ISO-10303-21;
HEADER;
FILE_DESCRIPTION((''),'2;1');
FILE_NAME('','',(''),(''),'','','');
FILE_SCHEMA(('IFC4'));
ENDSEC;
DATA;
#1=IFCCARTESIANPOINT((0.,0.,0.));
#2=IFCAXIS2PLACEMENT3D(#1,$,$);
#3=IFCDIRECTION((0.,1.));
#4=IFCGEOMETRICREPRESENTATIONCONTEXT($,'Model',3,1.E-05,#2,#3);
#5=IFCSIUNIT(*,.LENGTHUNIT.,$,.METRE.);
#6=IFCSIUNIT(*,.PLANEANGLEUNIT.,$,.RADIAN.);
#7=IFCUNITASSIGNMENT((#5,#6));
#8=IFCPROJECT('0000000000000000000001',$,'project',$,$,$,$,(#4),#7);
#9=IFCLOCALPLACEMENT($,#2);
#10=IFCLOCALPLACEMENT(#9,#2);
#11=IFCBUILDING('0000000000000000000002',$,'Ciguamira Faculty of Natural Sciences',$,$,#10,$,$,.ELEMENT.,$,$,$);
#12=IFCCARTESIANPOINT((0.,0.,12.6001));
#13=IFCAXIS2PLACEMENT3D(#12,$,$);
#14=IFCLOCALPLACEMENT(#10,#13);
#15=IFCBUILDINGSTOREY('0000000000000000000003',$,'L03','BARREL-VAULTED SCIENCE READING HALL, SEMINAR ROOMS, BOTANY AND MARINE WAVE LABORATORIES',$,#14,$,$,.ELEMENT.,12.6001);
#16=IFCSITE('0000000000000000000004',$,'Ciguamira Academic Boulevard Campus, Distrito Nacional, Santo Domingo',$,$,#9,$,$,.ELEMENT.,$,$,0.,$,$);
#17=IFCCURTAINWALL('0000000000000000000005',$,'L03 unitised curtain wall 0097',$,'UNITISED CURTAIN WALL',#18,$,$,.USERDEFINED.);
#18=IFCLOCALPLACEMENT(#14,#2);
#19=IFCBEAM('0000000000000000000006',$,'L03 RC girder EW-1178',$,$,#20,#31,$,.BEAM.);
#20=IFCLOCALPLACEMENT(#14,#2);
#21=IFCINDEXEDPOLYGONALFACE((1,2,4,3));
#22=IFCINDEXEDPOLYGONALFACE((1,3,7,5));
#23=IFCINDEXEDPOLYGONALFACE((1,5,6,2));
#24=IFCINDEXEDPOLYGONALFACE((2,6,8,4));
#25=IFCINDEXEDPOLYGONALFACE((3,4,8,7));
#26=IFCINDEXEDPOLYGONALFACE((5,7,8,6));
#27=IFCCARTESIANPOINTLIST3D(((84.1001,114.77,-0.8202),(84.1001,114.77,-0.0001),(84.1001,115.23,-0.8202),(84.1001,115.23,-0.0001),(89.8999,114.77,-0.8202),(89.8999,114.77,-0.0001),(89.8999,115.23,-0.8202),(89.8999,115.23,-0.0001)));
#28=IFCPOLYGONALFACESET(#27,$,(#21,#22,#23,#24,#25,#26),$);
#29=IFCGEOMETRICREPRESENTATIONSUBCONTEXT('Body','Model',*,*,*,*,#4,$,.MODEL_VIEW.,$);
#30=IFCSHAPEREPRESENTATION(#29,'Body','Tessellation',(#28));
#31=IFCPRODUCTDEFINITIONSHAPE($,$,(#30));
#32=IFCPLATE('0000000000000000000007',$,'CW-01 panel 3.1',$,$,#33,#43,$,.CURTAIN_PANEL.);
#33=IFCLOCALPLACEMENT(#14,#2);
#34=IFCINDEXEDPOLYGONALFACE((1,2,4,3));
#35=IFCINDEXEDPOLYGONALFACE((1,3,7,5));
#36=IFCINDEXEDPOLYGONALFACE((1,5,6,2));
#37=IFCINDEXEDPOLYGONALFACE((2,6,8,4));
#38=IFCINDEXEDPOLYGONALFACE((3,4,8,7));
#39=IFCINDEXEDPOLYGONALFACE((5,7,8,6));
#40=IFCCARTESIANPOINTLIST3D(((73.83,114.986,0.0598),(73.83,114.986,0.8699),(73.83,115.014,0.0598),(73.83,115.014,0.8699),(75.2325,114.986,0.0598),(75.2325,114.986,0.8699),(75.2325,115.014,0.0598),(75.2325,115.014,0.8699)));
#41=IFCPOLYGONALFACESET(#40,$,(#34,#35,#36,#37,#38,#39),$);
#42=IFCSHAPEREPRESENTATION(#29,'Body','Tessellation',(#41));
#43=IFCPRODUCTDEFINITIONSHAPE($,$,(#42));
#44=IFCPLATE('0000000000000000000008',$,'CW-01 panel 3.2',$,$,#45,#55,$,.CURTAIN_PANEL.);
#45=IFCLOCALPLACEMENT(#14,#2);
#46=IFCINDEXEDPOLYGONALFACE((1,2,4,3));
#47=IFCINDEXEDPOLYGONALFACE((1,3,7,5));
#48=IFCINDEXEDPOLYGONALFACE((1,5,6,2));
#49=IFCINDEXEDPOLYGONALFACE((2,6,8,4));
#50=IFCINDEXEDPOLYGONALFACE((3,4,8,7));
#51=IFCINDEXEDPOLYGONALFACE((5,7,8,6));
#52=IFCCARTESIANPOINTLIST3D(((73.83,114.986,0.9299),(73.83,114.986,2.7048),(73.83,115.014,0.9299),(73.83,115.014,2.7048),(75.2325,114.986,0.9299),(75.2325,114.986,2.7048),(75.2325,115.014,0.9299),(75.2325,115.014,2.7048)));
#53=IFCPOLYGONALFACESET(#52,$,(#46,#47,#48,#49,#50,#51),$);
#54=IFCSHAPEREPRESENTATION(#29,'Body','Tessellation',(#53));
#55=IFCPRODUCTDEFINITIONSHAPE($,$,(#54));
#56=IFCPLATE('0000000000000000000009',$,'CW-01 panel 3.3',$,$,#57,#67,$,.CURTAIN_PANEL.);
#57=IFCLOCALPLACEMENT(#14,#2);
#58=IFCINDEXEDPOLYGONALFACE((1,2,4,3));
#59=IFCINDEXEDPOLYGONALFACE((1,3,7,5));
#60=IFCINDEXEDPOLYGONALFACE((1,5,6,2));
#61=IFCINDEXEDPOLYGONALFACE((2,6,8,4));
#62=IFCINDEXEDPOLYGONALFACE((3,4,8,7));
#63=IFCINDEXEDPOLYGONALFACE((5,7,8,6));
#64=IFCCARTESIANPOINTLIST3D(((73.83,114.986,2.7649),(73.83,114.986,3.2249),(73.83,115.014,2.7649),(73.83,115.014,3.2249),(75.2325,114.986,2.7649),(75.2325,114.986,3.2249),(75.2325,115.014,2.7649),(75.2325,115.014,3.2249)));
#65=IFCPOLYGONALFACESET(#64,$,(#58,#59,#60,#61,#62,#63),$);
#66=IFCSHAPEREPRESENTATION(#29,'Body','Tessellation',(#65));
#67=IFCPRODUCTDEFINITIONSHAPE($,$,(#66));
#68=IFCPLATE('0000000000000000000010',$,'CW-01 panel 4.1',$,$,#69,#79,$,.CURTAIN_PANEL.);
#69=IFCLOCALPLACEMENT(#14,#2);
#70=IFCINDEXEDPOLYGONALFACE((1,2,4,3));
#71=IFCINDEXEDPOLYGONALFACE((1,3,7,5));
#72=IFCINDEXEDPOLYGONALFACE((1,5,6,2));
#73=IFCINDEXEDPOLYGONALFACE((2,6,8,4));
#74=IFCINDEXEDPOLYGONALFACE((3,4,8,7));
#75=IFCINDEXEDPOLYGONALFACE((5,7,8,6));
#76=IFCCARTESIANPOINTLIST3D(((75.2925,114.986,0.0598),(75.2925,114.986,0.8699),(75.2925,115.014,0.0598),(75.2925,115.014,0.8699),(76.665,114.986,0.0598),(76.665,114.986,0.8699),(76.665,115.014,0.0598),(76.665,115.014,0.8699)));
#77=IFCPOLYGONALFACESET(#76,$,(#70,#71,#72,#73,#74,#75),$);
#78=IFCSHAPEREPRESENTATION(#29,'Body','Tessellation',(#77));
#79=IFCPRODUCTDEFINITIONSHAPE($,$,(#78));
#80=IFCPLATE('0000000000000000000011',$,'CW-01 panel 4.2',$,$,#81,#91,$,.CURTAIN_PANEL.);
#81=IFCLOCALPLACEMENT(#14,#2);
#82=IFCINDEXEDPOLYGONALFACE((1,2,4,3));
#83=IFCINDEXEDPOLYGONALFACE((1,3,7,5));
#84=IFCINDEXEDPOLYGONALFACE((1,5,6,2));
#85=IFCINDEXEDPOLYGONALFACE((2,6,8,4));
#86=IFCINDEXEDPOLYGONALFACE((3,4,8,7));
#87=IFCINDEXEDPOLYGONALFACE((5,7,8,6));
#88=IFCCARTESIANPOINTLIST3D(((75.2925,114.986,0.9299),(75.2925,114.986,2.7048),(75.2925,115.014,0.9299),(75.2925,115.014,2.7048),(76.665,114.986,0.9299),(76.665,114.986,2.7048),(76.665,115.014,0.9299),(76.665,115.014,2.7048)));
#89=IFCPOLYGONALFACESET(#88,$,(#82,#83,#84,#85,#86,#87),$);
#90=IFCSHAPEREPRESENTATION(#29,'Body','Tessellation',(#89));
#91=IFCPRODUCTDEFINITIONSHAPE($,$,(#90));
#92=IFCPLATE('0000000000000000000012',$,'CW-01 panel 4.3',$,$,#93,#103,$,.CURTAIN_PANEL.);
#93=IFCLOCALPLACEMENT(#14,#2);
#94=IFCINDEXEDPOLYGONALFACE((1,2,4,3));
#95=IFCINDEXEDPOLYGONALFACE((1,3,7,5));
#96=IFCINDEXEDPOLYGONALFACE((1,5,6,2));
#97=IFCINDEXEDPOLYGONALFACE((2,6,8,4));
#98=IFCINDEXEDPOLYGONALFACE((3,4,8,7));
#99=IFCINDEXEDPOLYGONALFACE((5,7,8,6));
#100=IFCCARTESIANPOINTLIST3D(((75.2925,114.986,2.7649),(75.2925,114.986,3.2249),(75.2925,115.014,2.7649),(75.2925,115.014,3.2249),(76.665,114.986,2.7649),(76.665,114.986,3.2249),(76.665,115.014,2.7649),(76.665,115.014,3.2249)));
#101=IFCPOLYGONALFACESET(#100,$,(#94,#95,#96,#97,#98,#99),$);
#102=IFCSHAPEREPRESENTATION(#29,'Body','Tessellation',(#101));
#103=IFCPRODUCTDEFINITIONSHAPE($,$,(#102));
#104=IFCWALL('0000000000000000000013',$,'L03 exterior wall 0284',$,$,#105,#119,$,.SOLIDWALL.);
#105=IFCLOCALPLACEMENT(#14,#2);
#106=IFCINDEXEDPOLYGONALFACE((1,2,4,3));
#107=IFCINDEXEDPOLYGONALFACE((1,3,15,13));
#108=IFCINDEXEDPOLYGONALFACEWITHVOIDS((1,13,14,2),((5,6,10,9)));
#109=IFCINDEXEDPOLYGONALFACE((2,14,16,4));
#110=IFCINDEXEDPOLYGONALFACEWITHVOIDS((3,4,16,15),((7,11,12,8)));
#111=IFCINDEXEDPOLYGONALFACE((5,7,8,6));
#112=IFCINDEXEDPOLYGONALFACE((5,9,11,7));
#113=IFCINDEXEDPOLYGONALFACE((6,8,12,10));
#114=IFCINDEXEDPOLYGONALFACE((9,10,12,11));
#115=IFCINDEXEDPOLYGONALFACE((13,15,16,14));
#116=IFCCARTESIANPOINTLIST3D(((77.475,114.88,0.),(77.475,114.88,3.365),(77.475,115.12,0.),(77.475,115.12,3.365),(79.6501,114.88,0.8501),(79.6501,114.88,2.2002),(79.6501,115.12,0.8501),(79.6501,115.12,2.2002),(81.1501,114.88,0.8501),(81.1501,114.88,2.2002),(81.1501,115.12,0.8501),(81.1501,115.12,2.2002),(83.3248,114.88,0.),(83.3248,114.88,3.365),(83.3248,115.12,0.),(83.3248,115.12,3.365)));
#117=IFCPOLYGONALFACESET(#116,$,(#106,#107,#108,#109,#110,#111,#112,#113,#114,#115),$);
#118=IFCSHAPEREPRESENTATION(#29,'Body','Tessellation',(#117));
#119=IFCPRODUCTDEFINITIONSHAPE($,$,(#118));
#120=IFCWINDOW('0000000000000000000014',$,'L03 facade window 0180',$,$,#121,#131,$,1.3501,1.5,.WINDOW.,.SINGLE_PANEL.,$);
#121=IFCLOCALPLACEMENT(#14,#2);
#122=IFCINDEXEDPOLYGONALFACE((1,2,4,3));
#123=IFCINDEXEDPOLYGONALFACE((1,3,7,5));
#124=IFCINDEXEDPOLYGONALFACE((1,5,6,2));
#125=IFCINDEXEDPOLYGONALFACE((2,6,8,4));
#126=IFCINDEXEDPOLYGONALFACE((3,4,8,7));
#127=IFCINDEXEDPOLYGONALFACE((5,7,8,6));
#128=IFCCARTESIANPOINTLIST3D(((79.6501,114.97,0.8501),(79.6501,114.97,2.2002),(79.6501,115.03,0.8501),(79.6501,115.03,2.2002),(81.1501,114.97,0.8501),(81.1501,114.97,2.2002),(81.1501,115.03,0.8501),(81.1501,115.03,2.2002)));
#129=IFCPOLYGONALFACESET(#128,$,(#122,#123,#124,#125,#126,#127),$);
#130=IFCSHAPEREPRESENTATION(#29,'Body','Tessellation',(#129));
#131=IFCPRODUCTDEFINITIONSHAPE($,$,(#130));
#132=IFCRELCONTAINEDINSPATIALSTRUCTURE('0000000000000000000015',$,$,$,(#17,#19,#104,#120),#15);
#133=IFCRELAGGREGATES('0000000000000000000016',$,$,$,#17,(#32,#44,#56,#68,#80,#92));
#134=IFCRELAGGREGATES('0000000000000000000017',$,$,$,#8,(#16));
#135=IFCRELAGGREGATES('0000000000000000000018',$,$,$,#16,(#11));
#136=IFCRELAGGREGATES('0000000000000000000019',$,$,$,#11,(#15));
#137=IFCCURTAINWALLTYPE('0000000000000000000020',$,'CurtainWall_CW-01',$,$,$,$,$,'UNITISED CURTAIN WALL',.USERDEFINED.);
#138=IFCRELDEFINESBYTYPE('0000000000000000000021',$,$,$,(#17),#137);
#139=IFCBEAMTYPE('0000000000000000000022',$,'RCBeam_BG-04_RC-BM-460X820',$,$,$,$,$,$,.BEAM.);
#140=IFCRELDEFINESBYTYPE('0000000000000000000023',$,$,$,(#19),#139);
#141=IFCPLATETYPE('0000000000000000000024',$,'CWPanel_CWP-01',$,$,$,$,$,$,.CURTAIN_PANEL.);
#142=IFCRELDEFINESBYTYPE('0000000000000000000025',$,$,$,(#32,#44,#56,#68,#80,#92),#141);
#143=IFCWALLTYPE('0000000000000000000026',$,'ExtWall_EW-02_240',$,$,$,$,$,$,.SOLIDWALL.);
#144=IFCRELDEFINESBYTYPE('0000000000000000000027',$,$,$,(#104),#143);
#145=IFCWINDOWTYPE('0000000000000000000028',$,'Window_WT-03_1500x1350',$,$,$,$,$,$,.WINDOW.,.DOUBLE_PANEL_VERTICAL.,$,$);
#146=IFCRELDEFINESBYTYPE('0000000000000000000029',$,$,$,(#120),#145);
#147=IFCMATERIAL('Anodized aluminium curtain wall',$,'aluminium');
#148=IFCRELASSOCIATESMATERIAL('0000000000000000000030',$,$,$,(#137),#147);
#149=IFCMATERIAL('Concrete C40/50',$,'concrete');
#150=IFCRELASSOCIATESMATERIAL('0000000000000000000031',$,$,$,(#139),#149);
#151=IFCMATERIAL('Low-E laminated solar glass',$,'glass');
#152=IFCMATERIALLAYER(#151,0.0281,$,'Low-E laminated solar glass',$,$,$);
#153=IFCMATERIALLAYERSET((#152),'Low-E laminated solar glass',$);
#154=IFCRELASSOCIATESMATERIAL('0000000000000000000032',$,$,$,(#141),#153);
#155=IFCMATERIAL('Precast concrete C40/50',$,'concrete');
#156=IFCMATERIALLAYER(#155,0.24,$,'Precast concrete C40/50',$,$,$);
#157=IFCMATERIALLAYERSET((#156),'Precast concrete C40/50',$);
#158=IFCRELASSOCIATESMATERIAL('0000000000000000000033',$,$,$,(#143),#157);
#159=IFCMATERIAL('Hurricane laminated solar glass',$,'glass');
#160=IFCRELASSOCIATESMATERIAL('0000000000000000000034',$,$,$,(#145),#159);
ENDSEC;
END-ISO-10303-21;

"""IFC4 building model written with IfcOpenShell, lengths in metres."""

from ifc_helpers import new_model, si_unit, direction, frame, frame_2d, origin, origin_2d, place, context, subcontext, project, spatial, rectangle, extrude, material, layer, layer_set, material_profile, profile_set, type_object, element, fill, aggregate, save


model = new_model("IFC4")

# Units and contexts
model_context = context("Model", 3, precision=1e-05, world=origin(), true_north=direction((0.0, 1.0)))
body_context = subcontext(model_context, "Body", "Model", "MODEL_VIEW")
ifc_project = project(units=[si_unit("LENGTHUNIT", "METRE"), si_unit("PLANEANGLEUNIT", "RADIAN")], contexts=[model_context])

# Site, building, storey
site_placement = place(None, origin())
site = spatial("IfcSite", under=ifc_project, at=site_placement, Name="Ciguamira Academic Boulevard Campus, Distrito Nacional, Santo Domingo", CompositionType="ELEMENT", RefElevation=0.0)
building_placement = place(site_placement, origin())
building = spatial("IfcBuilding", under=site, at=building_placement, Name="Ciguamira Faculty of Natural Sciences", CompositionType="ELEMENT")
storey_placement = place(building_placement, frame((0.0, 0.0, 12.6001)))
storey = spatial("IfcBuildingStorey", under=building, at=storey_placement, Name="L03", Description="BARREL-VAULTED SCIENCE READING HALL, SEMINAR ROOMS, BOTANY AND MARINE WAVE LABORATORIES", CompositionType="ELEMENT", Elevation=12.6001)

# Curtain wall
ifc_material_1 = material(Name="Anodized aluminium curtain wall", Category="aluminium")
curtain_wall_type_1 = type_object("IfcCurtainWallType", Name="CurtainWall_CW-01", ElementType="UNITISED CURTAIN WALL", PredefinedType="USERDEFINED", material=ifc_material_1)
curtain_wall_1_placement = place(storey_placement, origin())
curtain_wall_1 = element("IfcCurtainWall", 1, at=curtain_wall_1_placement, inside=storey, type_object=curtain_wall_type_1, Name="L03 unitised curtain wall 0097", ObjectType="UNITISED CURTAIN WALL", PredefinedType="USERDEFINED")

# Beam
ifc_material_2 = material(Name="Concrete C40/50", Category="concrete")
ifc_material_profile_1 = material_profile(ifc_material_2, rectangle(XDim=0.46, YDim=0.8201, at=origin_2d()), Name="RC-BM-460X820")
ifc_profile_set_1 = profile_set([ifc_material_profile_1], Name="Concrete C40/50")
beam_type_1 = type_object("IfcBeamType", Name="RCBeam_BG-04_RC-BM-460X820", PredefinedType="BEAM", material=ifc_profile_set_1)
beam_1_placement = place(storey_placement, frame((84.1001, 115.0, -0.4102), z_axis=(1.0, 0.0, 0.0), x_axis=(0.0, 1.0, 0.0)))
element("IfcBeam", 2, at=beam_1_placement, inside=storey, type_object=beam_type_1, Name="L03 RC girder EW-1178", PredefinedType="BEAM", context=body_context, shape_type="SweptSolid", body=[
    extrude(rectangle(XDim=0.46, YDim=0.8201, at=origin_2d()), origin(), (0.0, 0.0, 1.0), 5.7998),
])

# Plates
ifc_material_3 = material(Name="Low-E laminated solar glass", Category="glass")
ifc_layer_1 = layer(ifc_material_3, 0.0281, Name="Low-E laminated solar glass")
ifc_layer_set_1 = layer_set([ifc_layer_1], Name="Low-E laminated solar glass")
plate_type = type_object("IfcPlateType", Name="CWPanel_CWP-01", PredefinedType="CURTAIN_PANEL", material=ifc_layer_set_1)
plate_1_placement = place(storey_placement, frame((74.5312, 115.0, 0.0598), z_axis=(0.0, 0.0, 1.0), x_axis=(1.0, 0.0, 0.0)))
plate_1 = element("IfcPlate", 3, at=plate_1_placement, type_object=plate_type, Name="CW-01 panel 3.1", PredefinedType="CURTAIN_PANEL", context=body_context, shape_type="SweptSolid", body=[
    extrude(rectangle(XDim=1.4026, YDim=0.0281, at=origin_2d()), origin(), (0.0, 0.0, 1.0), 0.8101),
])
plate_2_placement = place(storey_placement, frame((74.5312, 115.0, 0.9299), z_axis=(0.0, 0.0, 1.0), x_axis=(1.0, 0.0, 0.0)))
plate_2 = element("IfcPlate", 4, at=plate_2_placement, type_object=plate_type, Name="CW-01 panel 3.2", PredefinedType="CURTAIN_PANEL", context=body_context, shape_type="SweptSolid", body=[
    extrude(rectangle(XDim=1.4026, YDim=0.0281, at=origin_2d()), origin(), (0.0, 0.0, 1.0), 1.7749),
])
plate_3_placement = place(storey_placement, frame((74.5312, 115.0, 2.7649), z_axis=(0.0, 0.0, 1.0), x_axis=(1.0, 0.0, 0.0)))
plate_3 = element("IfcPlate", 5, at=plate_3_placement, type_object=plate_type, Name="CW-01 panel 3.3", PredefinedType="CURTAIN_PANEL", context=body_context, shape_type="SweptSolid", body=[
    extrude(rectangle(XDim=1.4026, YDim=0.0281, at=origin_2d()), origin(), (0.0, 0.0, 1.0), 0.46),
])
plate_4_placement = place(storey_placement, frame((75.9788, 115.0, 0.0598), z_axis=(0.0, 0.0, 1.0), x_axis=(1.0, 0.0, 0.0)))
plate_4 = element("IfcPlate", 6, at=plate_4_placement, type_object=plate_type, Name="CW-01 panel 4.1", PredefinedType="CURTAIN_PANEL", context=body_context, shape_type="SweptSolid", body=[
    extrude(rectangle(XDim=1.3726, YDim=0.0281, at=origin_2d()), origin(), (0.0, 0.0, 1.0), 0.8101),
])
plate_5_placement = place(storey_placement, frame((75.9788, 115.0, 0.9299), z_axis=(0.0, 0.0, 1.0), x_axis=(1.0, 0.0, 0.0)))
plate_5 = element("IfcPlate", 7, at=plate_5_placement, type_object=plate_type, Name="CW-01 panel 4.2", PredefinedType="CURTAIN_PANEL", context=body_context, shape_type="SweptSolid", body=[
    extrude(rectangle(XDim=1.3726, YDim=0.0281, at=origin_2d()), origin(), (0.0, 0.0, 1.0), 1.7749),
])
plate_6_placement = place(storey_placement, frame((75.9788, 115.0, 2.7649), z_axis=(0.0, 0.0, 1.0), x_axis=(1.0, 0.0, 0.0)))
plate_6 = element("IfcPlate", 8, at=plate_6_placement, type_object=plate_type, Name="CW-01 panel 4.3", PredefinedType="CURTAIN_PANEL", context=body_context, shape_type="SweptSolid", body=[
    extrude(rectangle(XDim=1.3726, YDim=0.0281, at=origin_2d()), origin(), (0.0, 0.0, 1.0), 0.46),
])
aggregate(curtain_wall_1, [plate_1, plate_2, plate_3, plate_4, plate_5, plate_6])

# Wall, opening, window
ifc_material_4 = material(Name="Precast concrete C40/50", Category="concrete")
ifc_layer_2 = layer(ifc_material_4, 0.24, Name="Precast concrete C40/50")
ifc_layer_set_2 = layer_set([ifc_layer_2], Name="Precast concrete C40/50")
wall_type = type_object("IfcWallType", Name="ExtWall_EW-02_240", PredefinedType="SOLIDWALL", material=ifc_layer_set_2)
wall_placement = place(storey_placement, frame((77.4751, 115.0, 0.0), z_axis=(0.0, 0.0, 1.0), x_axis=(1.0, 0.0, 0.0)))
wall = element("IfcWall", 9, at=wall_placement, inside=storey, type_object=wall_type, Name="L03 exterior wall 0284", PredefinedType="SOLIDWALL", context=body_context, shape_type="SweptSolid", body=[
    extrude(rectangle(XDim=5.8499, YDim=0.24, at=frame_2d((2.9248, 0.0))), origin(), (0.0, 0.0, 1.0), 3.365),
])
opening_placement = place(wall_placement, frame((2.175, 0.0, 0.8501)))
opening = element("IfcOpeningElement", 10, at=opening_placement, cuts=wall, PredefinedType="OPENING", context=body_context, shape_type="SweptSolid", body=[
    extrude(rectangle(XDim=1.5, YDim=1.3501, at=frame_2d((0.75, 0.675))), frame((0.0, 0.1299, 0.0), z_axis=(0.0, -1.0, 0.0), x_axis=(1.0, 0.0, 0.0)), (0.0, 0.0, 1.0), 0.26),
])
ifc_material_5 = material(Name="Hurricane laminated solar glass", Category="glass")
window_type = type_object("IfcWindowType", Name="Window_WT-03_1500x1350", PartitioningType="DOUBLE_PANEL_VERTICAL", PredefinedType="WINDOW", material=ifc_material_5)
window_placement = place(opening_placement, origin())
window = element("IfcWindow", 11, at=window_placement, inside=storey, type_object=window_type, Name="L03 facade window 0180", OverallHeight=1.3501, OverallWidth=1.5, PartitioningType="SINGLE_PANEL", PredefinedType="WINDOW", context=body_context, shape_type="SweptSolid", body=[
    extrude(rectangle(XDim=1.5, YDim=1.3501, at=frame_2d((0.75, 0.675))), frame((0.0, 0.03, 0.0), z_axis=(0.0, -1.0, 0.0), x_axis=(1.0, 0.0, 0.0)), (0.0, 0.0, 1.0), 0.0601),
])
fill(opening, window)

save(model, "model.ifc")
